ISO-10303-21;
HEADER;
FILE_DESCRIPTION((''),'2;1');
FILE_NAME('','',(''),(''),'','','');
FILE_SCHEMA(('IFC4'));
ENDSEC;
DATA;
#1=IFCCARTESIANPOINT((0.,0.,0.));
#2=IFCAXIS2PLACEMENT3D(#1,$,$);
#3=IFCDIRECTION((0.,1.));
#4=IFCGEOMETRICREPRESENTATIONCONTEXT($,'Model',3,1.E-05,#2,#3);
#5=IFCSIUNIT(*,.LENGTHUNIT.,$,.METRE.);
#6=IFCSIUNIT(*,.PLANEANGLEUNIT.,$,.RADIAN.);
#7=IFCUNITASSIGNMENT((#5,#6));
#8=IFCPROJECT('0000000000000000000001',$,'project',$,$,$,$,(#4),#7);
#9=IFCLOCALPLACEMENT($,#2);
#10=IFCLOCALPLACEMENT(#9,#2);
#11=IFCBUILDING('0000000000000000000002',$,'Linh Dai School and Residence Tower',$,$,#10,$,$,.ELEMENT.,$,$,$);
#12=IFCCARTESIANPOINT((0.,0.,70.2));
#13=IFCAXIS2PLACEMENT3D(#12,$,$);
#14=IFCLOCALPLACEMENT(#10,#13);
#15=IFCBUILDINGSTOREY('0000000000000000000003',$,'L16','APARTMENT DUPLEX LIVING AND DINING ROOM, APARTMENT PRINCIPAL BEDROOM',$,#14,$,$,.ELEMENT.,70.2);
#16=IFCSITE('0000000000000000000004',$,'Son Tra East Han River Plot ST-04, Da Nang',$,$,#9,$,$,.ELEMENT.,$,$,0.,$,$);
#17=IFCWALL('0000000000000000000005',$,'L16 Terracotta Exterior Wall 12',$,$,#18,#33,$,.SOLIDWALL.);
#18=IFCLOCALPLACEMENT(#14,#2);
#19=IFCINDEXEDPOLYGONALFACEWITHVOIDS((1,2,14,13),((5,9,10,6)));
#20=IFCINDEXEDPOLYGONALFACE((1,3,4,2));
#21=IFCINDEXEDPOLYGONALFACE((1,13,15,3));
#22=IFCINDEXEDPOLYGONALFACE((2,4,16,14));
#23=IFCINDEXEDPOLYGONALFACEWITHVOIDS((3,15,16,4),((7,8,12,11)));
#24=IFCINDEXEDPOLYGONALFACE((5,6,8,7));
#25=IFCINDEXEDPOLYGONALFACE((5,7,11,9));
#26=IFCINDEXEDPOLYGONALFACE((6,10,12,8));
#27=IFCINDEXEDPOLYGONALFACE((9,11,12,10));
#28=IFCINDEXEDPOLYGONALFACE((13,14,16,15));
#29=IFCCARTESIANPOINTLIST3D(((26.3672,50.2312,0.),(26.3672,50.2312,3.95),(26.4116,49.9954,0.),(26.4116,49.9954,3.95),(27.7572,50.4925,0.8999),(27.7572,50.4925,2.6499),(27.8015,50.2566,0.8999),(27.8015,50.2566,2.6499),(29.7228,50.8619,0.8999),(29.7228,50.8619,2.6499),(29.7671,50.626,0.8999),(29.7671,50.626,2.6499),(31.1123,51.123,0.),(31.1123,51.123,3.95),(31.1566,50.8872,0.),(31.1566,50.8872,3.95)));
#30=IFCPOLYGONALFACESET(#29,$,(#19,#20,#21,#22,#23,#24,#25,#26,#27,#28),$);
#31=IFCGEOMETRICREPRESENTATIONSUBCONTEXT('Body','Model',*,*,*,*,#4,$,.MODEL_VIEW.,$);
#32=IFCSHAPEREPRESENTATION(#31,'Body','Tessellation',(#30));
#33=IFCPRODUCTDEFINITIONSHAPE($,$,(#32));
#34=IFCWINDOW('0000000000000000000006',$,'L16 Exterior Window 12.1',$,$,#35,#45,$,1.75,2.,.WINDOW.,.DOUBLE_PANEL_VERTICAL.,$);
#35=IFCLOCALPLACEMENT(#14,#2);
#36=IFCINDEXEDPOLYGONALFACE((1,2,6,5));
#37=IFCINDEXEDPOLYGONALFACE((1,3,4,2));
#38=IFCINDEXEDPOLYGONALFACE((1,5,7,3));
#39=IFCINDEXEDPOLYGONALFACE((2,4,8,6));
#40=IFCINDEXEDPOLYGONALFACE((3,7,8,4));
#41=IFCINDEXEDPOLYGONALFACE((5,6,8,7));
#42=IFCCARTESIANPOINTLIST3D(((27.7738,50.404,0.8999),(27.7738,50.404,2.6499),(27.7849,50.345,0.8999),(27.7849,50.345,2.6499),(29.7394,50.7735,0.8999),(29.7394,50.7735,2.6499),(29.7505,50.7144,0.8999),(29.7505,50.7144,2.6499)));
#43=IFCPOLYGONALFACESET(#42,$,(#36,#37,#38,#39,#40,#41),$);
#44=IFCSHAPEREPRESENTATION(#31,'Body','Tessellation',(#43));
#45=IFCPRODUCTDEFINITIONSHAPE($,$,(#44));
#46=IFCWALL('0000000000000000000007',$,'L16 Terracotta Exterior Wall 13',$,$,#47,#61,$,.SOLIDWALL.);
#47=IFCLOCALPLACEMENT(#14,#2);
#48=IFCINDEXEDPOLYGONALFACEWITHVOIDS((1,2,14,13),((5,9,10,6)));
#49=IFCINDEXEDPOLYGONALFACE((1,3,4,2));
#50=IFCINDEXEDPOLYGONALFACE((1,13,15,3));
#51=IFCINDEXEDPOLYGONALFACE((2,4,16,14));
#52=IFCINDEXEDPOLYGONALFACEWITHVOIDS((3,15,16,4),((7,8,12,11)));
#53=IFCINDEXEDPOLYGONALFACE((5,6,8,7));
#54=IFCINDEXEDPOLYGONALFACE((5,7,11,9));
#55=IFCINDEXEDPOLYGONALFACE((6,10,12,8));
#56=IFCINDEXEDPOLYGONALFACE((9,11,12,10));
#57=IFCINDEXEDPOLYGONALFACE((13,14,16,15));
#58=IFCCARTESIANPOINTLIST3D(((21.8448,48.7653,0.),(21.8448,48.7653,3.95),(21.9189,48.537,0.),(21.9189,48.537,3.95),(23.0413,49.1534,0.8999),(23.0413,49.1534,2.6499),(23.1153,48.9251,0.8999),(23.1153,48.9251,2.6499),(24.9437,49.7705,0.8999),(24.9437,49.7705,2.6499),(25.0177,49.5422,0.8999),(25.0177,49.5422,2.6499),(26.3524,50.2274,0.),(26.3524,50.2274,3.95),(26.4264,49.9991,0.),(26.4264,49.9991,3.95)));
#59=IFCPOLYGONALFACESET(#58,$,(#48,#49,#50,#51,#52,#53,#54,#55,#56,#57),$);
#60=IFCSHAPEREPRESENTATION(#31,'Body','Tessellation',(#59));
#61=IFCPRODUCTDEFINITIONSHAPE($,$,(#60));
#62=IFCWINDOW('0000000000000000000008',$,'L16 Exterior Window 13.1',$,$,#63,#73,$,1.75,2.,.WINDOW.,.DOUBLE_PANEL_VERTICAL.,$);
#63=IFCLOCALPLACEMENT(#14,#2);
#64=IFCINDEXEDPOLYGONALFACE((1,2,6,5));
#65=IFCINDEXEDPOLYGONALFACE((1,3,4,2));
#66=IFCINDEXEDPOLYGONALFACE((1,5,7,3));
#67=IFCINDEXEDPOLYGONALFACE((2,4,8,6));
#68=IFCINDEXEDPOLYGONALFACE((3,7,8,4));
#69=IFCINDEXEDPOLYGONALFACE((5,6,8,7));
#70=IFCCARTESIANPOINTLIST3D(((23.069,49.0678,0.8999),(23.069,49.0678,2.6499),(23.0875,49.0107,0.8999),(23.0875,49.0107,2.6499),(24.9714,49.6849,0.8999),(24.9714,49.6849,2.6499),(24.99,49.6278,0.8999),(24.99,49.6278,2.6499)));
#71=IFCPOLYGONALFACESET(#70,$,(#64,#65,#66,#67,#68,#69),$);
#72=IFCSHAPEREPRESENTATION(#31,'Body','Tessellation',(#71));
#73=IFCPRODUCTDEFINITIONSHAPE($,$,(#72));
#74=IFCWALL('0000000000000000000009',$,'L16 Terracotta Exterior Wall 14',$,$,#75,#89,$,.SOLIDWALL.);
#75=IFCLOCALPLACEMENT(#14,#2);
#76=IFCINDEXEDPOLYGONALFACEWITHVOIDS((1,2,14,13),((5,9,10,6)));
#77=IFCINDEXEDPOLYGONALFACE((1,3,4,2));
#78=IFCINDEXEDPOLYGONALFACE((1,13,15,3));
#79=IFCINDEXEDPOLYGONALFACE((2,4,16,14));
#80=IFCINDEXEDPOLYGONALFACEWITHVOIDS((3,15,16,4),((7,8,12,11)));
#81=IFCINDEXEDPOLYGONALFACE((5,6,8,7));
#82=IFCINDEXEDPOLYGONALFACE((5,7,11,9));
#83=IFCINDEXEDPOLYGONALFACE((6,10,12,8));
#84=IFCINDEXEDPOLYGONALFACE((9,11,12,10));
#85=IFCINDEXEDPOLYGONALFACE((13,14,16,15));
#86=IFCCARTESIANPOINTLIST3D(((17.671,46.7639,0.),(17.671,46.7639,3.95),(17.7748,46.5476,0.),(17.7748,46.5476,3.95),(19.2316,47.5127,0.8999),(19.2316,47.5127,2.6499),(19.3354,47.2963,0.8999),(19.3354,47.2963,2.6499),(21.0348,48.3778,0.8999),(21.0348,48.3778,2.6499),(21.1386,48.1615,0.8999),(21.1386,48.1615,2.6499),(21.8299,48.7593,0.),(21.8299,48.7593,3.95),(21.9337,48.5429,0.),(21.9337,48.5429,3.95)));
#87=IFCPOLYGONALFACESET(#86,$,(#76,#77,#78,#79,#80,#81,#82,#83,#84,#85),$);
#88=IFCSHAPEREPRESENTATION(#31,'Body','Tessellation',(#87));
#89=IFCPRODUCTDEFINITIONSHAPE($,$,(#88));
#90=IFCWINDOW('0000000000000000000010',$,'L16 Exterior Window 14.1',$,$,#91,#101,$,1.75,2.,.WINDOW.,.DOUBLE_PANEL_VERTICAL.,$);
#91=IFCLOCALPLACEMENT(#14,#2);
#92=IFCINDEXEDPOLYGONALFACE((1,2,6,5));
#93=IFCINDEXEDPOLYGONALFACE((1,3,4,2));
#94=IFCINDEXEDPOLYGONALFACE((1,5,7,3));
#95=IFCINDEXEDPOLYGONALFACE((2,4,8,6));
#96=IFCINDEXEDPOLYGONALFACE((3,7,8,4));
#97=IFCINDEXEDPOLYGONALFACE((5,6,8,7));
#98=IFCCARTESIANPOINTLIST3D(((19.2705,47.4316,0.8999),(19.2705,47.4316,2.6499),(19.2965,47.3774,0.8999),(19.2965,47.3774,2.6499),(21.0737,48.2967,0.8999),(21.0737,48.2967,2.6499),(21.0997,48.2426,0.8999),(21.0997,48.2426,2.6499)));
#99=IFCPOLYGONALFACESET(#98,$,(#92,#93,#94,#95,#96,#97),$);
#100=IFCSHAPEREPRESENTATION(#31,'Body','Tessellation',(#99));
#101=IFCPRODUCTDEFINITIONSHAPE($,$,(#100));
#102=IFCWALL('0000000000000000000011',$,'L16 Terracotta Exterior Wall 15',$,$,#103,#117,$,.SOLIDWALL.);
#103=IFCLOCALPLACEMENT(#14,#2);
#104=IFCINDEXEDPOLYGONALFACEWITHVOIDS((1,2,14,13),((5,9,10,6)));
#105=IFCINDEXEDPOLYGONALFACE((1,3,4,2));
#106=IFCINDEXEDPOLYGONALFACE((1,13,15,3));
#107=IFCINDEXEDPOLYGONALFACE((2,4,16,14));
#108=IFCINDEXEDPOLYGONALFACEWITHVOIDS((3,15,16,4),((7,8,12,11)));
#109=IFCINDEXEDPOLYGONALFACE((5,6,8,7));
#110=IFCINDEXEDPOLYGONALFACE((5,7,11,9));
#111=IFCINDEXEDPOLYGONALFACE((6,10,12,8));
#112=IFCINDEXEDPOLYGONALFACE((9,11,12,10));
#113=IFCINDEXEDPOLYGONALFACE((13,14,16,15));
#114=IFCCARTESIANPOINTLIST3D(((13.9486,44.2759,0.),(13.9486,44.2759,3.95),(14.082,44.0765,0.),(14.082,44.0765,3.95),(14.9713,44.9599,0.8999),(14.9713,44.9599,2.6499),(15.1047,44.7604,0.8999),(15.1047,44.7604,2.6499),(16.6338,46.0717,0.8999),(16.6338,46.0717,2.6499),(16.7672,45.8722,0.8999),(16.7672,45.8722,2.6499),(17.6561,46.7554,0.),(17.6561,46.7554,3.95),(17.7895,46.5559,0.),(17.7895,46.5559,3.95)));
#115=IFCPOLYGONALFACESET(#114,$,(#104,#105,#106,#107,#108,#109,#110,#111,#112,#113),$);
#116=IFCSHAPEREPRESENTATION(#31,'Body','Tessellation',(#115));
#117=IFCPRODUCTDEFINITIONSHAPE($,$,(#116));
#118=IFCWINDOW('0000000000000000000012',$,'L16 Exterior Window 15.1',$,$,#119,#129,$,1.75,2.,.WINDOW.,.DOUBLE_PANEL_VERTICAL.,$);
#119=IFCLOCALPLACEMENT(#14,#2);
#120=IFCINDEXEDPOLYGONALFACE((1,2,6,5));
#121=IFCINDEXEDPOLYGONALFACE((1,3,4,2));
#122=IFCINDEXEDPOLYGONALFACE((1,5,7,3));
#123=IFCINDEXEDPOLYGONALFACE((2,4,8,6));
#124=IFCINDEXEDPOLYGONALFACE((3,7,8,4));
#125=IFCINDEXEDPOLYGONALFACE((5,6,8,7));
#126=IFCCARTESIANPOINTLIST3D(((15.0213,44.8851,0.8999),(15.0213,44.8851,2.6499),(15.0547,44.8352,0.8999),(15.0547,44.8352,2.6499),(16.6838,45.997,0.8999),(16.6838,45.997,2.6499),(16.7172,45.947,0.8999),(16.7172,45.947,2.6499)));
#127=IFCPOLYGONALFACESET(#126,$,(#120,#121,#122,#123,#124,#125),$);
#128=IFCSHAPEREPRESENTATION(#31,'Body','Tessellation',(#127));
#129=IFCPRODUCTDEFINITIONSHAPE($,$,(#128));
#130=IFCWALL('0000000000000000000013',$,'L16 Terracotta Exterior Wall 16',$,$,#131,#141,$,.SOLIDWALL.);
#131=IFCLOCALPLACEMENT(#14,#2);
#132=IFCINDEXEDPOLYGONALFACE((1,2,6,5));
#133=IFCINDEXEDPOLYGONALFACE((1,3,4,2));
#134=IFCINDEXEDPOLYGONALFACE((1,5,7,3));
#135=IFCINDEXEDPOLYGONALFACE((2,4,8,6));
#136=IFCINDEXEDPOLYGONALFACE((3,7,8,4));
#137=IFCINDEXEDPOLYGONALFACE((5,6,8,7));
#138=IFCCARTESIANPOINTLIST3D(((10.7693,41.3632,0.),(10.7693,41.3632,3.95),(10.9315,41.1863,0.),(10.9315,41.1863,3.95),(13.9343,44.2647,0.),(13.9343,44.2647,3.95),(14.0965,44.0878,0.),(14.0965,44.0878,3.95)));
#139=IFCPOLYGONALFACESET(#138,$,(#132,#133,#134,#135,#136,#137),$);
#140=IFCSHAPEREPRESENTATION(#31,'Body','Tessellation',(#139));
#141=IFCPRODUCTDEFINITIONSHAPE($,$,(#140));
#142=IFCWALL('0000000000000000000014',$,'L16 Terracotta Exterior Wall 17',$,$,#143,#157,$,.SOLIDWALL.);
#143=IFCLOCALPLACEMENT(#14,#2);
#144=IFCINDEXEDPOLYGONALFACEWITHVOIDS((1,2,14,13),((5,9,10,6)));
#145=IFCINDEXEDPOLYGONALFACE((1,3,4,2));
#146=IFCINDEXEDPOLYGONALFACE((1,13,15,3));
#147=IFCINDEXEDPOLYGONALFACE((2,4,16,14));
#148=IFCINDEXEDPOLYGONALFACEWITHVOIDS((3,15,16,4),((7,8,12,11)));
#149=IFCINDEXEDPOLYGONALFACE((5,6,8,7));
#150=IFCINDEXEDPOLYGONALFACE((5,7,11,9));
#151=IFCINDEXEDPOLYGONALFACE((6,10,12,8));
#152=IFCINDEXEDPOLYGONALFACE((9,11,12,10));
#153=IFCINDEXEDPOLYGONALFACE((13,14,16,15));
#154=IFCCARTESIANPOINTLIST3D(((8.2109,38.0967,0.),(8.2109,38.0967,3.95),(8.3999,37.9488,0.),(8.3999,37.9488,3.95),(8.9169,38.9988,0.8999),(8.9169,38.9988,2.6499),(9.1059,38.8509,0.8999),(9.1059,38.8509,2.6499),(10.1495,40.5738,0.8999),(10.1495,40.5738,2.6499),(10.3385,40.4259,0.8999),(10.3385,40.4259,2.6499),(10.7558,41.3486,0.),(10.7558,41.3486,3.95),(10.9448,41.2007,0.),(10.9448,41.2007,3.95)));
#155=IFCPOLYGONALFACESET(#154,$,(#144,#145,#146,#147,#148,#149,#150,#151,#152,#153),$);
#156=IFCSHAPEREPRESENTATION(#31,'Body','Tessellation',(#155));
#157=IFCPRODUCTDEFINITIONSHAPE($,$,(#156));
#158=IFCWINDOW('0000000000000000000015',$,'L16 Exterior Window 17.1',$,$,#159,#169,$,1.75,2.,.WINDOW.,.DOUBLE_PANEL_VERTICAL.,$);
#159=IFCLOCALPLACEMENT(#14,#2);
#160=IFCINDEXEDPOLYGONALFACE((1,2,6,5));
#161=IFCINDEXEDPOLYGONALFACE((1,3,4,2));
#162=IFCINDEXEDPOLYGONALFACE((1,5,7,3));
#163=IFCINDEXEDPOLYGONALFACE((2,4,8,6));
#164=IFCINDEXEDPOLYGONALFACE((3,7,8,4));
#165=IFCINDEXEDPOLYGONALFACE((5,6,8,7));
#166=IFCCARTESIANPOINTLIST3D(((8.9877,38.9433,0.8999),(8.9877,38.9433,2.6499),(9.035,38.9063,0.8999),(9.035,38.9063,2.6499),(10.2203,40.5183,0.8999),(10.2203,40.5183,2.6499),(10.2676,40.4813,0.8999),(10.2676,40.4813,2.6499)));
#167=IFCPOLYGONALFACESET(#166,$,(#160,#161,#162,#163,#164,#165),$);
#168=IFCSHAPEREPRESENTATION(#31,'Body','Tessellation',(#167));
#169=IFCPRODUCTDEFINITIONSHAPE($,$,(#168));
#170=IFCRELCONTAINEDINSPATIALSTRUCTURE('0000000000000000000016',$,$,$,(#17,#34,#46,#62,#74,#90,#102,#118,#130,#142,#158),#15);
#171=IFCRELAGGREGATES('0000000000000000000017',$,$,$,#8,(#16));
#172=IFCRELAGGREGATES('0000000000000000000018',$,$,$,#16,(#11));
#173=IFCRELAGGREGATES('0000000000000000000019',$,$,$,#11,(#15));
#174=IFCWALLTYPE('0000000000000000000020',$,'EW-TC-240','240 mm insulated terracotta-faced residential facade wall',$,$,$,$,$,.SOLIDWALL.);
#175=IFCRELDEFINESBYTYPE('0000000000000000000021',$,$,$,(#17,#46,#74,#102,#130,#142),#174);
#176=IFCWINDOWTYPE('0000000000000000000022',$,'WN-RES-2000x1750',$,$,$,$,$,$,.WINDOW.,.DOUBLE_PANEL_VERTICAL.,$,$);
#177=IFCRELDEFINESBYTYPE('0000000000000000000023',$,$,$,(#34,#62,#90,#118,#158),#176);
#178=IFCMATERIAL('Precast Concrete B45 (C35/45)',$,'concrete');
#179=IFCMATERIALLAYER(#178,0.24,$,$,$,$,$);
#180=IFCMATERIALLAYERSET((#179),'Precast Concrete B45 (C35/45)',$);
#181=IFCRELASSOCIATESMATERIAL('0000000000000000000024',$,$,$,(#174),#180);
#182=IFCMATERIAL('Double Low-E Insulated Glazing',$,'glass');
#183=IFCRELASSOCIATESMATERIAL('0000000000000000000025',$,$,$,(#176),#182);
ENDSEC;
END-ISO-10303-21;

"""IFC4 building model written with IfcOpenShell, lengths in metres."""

from ifc_helpers import new_model, si_unit, direction, frame, frame_2d, origin, origin_2d, place, context, subcontext, project, spatial, rectangle, extrude, source, transform, mapped, material, layer, layer_set, type_object, element, fill, save


model = new_model("IFC4")

# Units and contexts
model_context = context("Model", 3, precision=1e-05, world=origin(), true_north=direction((0.0, 1.0)))
body_context = subcontext(model_context, "Body", "Model", "MODEL_VIEW")
ifc_project = project(units=[si_unit("LENGTHUNIT", "METRE"), si_unit("PLANEANGLEUNIT", "RADIAN")], contexts=[model_context])

# Site, building, storey
site_placement = place(None, origin())
site = spatial("IfcSite", under=ifc_project, at=site_placement, Name="Son Tra East Han River Plot ST-04, Da Nang", CompositionType="ELEMENT", RefElevation=0.0)
building_placement = place(site_placement, origin())
building = spatial("IfcBuilding", under=site, at=building_placement, Name="Linh Dai School and Residence Tower", CompositionType="ELEMENT")
storey_placement = place(building_placement, frame((0.0, 0.0, 70.2)))
storey = spatial("IfcBuildingStorey", under=building, at=storey_placement, Name="L16", Description="APARTMENT DUPLEX LIVING AND DINING ROOM, APARTMENT PRINCIPAL BEDROOM", CompositionType="ELEMENT", Elevation=70.2)

# Shared definitions
ifc_material_1 = material(Name="Precast Concrete B45 (C35/45)", Category="concrete")

# Walls, openings, windows
ifc_layer_1 = layer(ifc_material_1, 0.24)
ifc_layer_set_1 = layer_set([ifc_layer_1], Name="Precast Concrete B45 (C35/45)")
wall_type_1 = type_object("IfcWallType", Name="EW-TC-240", Description="240 mm insulated terracotta-faced residential facade wall", PredefinedType="SOLIDWALL", material=ifc_layer_set_1)
wall_1_placement = place(storey_placement, frame((26.3894, 50.1133, 0.0), z_axis=(0.0, 0.0, 1.0), x_axis=(0.982792, 0.184716, 0.0)))
wall_1 = element("IfcWall", 1, at=wall_1_placement, inside=storey, type_object=wall_type_1, Name="L16 Terracotta Exterior Wall 12", PredefinedType="SOLIDWALL", context=body_context, shape_type="SweptSolid", body=[
    extrude(rectangle(XDim=4.8281, YDim=0.24, at=frame_2d((2.4141, 0.0))), origin(), (0.0, 0.0, 1.0), 3.95),
])
opening_1_placement = place(wall_1_placement, frame((1.4143, 0.0, 0.8999)))
opening_1 = element("IfcOpeningElement", 2, at=opening_1_placement, cuts=wall_1, PredefinedType="OPENING", context=body_context, shape_type="SweptSolid", body=[
    extrude(rectangle(XDim=2.0, YDim=1.75, at=origin_2d()), frame((1.0, 0.1299, 0.875), z_axis=(0.0, -1.0, 0.0), x_axis=(1.0, 0.0, 0.0)), (0.0, 0.0, 1.0), 0.26),
])
ifc_material_2 = material(Name="Double Low-E Insulated Glazing", Category="glass")
window_type = type_object("IfcWindowType", Name="WN-RES-2000x1750", PartitioningType="DOUBLE_PANEL_VERTICAL", PredefinedType="WINDOW", material=ifc_material_2)
shared_shape_1 = source(origin(), body_context, "Body", "SweptSolid", [
    extrude(rectangle(XDim=2.0, YDim=1.75, at=origin_2d()), frame((1.0, 0.03, 0.875), z_axis=(0.0, -1.0, 0.0), x_axis=(1.0, 0.0, 0.0)), (0.0, 0.0, 1.0), 0.0601),
])
window_1_placement = place(opening_1_placement, origin())
window_1 = element("IfcWindow", 3, at=window_1_placement, inside=storey, type_object=window_type, Name="L16 Exterior Window 12.1", OverallHeight=1.75, OverallWidth=2.0, PartitioningType="DOUBLE_PANEL_VERTICAL", PredefinedType="WINDOW", context=body_context, shape_type="MappedRepresentation", body=[
    mapped(shared_shape_1, transform((0.0, 0.0, 0.0), x_axis=(1.0, 0.0, 0.0), y_axis=(0.0, 1.0, 0.0), z_axis=(0.0, 0.0, 1.0), scale=1.0)),
])
fill(opening_1, window_1)
wall_2_placement = place(storey_placement, frame((21.8818, 48.6511, 0.0), z_axis=(0.0, 0.0, 1.0), x_axis=(0.951208, 0.308551, 0.0)))
wall_2 = element("IfcWall", 4, at=wall_2_placement, inside=storey, type_object=wall_type_1, Name="L16 Terracotta Exterior Wall 13", PredefinedType="SOLIDWALL", context=body_context, shape_type="SweptSolid", body=[
    extrude(rectangle(XDim=4.7388, YDim=0.24, at=frame_2d((2.3694, 0.0))), origin(), (0.0, 0.0, 1.0), 3.95),
])
opening_2_placement = place(wall_2_placement, frame((1.2578, 0.0, 0.8999)))
opening_2 = element("IfcOpeningElement", 5, at=opening_2_placement, cuts=wall_2, PredefinedType="OPENING", context=body_context, shape_type="SweptSolid", body=[
    extrude(rectangle(XDim=2.0, YDim=1.75, at=origin_2d()), frame((1.0, 0.1299, 0.875), z_axis=(0.0, -1.0, 0.0), x_axis=(1.0, 0.0, 0.0)), (0.0, 0.0, 1.0), 0.26),
])
window_2_placement = place(opening_2_placement, origin())
window_2 = element("IfcWindow", 6, at=window_2_placement, inside=storey, type_object=window_type, Name="L16 Exterior Window 13.1", OverallHeight=1.75, OverallWidth=2.0, PartitioningType="DOUBLE_PANEL_VERTICAL", PredefinedType="WINDOW", context=body_context, shape_type="MappedRepresentation", body=[
    mapped(shared_shape_1, transform((0.0, 0.0, 0.0), x_axis=(1.0, 0.0, 0.0), y_axis=(0.0, 1.0, 0.0), z_axis=(0.0, 0.0, 1.0), scale=1.0)),
])
fill(opening_2, window_2)
wall_3_placement = place(storey_placement, frame((17.7229, 46.6558, 0.0), z_axis=(0.0, 0.0, 1.0), x_axis=(0.901602, 0.432568, 0.0)))
wall_3 = element("IfcWall", 7, at=wall_3_placement, inside=storey, type_object=wall_type_1, Name="L16 Terracotta Exterior Wall 14", PredefinedType="SOLIDWALL", context=body_context, shape_type="SweptSolid", body=[
    extrude(rectangle(XDim=4.6128, YDim=0.24, at=frame_2d((2.3064, 0.0))), origin(), (0.0, 0.0, 1.0), 3.95),
])
opening_3_placement = place(wall_3_placement, frame((1.731, 0.0, 0.8999)))
opening_3 = element("IfcOpeningElement", 8, at=opening_3_placement, cuts=wall_3, PredefinedType="OPENING", context=body_context, shape_type="SweptSolid", body=[
    extrude(rectangle(XDim=2.0, YDim=1.75, at=origin_2d()), frame((1.0, 0.1299, 0.875), z_axis=(0.0, -1.0, 0.0), x_axis=(1.0, 0.0, 0.0)), (0.0, 0.0, 1.0), 0.26),
])
window_3_placement = place(opening_3_placement, origin())
window_3 = element("IfcWindow", 9, at=window_3_placement, inside=storey, type_object=window_type, Name="L16 Exterior Window 14.1", OverallHeight=1.75, OverallWidth=2.0, PartitioningType="DOUBLE_PANEL_VERTICAL", PredefinedType="WINDOW", context=body_context, shape_type="MappedRepresentation", body=[
    mapped(shared_shape_1, transform((0.0, 0.0, 0.0), x_axis=(1.0, 0.0, 0.0), y_axis=(0.0, 1.0, 0.0), z_axis=(0.0, 0.0, 1.0), scale=1.0)),
])
fill(opening_3, window_3)
wall_4_placement = place(storey_placement, frame((14.0154, 44.1763, 0.0), z_axis=(0.0, 0.0, 1.0), x_axis=(0.831241, 0.555912, 0.0)))
wall_4 = element("IfcWall", 10, at=wall_4_placement, inside=storey, type_object=wall_type_1, Name="L16 Terracotta Exterior Wall 15", PredefinedType="SOLIDWALL", context=body_context, shape_type="SweptSolid", body=[
    extrude(rectangle(XDim=4.4602, YDim=0.24, at=frame_2d((2.23, 0.0))), origin(), (0.0, 0.0, 1.0), 3.95),
])
opening_4_placement = place(wall_4_placement, frame((1.2302, 0.0, 0.8999)))
opening_4 = element("IfcOpeningElement", 11, at=opening_4_placement, cuts=wall_4, PredefinedType="OPENING", context=body_context, shape_type="SweptSolid", body=[
    extrude(rectangle(XDim=2.0, YDim=1.75, at=origin_2d()), frame((1.0, 0.1299, 0.875), z_axis=(0.0, -1.0, 0.0), x_axis=(1.0, 0.0, 0.0)), (0.0, 0.0, 1.0), 0.26),
])
window_4_placement = place(opening_4_placement, origin())
window_4 = element("IfcWindow", 12, at=window_4_placement, inside=storey, type_object=window_type, Name="L16 Exterior Window 15.1", OverallHeight=1.75, OverallWidth=2.0, PartitioningType="DOUBLE_PANEL_VERTICAL", PredefinedType="WINDOW", context=body_context, shape_type="MappedRepresentation", body=[
    mapped(shared_shape_1, transform((0.0, 0.0, 0.0), x_axis=(1.0, 0.0, 0.0), y_axis=(0.0, 1.0, 0.0), z_axis=(0.0, 0.0, 1.0), scale=1.0)),
])
fill(opening_4, window_4)

# Wall
wall_5_placement = place(storey_placement, frame((10.8503, 41.2747, 0.0), z_axis=(0.0, 0.0, 1.0), x_axis=(0.737116, 0.675766, 0.0)))
element("IfcWall", 13, at=wall_5_placement, inside=storey, type_object=wall_type_1, Name="L16 Terracotta Exterior Wall 16", PredefinedType="SOLIDWALL", context=body_context, shape_type="SweptSolid", body=[
    extrude(rectangle(XDim=4.2937, YDim=0.24, at=frame_2d((2.147, 0.0))), origin(), (0.0, 0.0, 1.0), 3.95),
])

# Wall, opening, window
wall_6_placement = place(storey_placement, frame((8.3054, 38.0227, 0.0), z_axis=(0.0, 0.0, 1.0), x_axis=(0.616296, 0.787515, 0.0)))
wall_6 = element("IfcWall", 14, at=wall_6_placement, inside=storey, type_object=wall_type_1, Name="L16 Terracotta Exterior Wall 17", PredefinedType="SOLIDWALL", context=body_context, shape_type="SweptSolid", body=[
    extrude(rectangle(XDim=4.1294, YDim=0.24, at=frame_2d((2.0647, 0.0))), origin(), (0.0, 0.0, 1.0), 3.95),
])
opening_5_placement = place(wall_6_placement, frame((1.1455, 0.0, 0.8999)))
opening_5 = element("IfcOpeningElement", 15, at=opening_5_placement, cuts=wall_6, PredefinedType="OPENING", context=body_context, shape_type="SweptSolid", body=[
    extrude(rectangle(XDim=2.0, YDim=1.75, at=origin_2d()), frame((1.0, 0.1299, 0.875), z_axis=(0.0, -1.0, 0.0), x_axis=(1.0, 0.0, 0.0)), (0.0, 0.0, 1.0), 0.26),
])
window_5_placement = place(opening_5_placement, origin())
window_5 = element("IfcWindow", 16, at=window_5_placement, inside=storey, type_object=window_type, Name="L16 Exterior Window 17.1", OverallHeight=1.75, OverallWidth=2.0, PartitioningType="DOUBLE_PANEL_VERTICAL", PredefinedType="WINDOW", context=body_context, shape_type="MappedRepresentation", body=[
    mapped(shared_shape_1, transform((0.0, 0.0, 0.0), x_axis=(1.0, 0.0, 0.0), y_axis=(0.0, 1.0, 0.0), z_axis=(0.0, 0.0, 1.0), scale=1.0)),
])
fill(opening_5, window_5)

save(model, "model.ifc")
